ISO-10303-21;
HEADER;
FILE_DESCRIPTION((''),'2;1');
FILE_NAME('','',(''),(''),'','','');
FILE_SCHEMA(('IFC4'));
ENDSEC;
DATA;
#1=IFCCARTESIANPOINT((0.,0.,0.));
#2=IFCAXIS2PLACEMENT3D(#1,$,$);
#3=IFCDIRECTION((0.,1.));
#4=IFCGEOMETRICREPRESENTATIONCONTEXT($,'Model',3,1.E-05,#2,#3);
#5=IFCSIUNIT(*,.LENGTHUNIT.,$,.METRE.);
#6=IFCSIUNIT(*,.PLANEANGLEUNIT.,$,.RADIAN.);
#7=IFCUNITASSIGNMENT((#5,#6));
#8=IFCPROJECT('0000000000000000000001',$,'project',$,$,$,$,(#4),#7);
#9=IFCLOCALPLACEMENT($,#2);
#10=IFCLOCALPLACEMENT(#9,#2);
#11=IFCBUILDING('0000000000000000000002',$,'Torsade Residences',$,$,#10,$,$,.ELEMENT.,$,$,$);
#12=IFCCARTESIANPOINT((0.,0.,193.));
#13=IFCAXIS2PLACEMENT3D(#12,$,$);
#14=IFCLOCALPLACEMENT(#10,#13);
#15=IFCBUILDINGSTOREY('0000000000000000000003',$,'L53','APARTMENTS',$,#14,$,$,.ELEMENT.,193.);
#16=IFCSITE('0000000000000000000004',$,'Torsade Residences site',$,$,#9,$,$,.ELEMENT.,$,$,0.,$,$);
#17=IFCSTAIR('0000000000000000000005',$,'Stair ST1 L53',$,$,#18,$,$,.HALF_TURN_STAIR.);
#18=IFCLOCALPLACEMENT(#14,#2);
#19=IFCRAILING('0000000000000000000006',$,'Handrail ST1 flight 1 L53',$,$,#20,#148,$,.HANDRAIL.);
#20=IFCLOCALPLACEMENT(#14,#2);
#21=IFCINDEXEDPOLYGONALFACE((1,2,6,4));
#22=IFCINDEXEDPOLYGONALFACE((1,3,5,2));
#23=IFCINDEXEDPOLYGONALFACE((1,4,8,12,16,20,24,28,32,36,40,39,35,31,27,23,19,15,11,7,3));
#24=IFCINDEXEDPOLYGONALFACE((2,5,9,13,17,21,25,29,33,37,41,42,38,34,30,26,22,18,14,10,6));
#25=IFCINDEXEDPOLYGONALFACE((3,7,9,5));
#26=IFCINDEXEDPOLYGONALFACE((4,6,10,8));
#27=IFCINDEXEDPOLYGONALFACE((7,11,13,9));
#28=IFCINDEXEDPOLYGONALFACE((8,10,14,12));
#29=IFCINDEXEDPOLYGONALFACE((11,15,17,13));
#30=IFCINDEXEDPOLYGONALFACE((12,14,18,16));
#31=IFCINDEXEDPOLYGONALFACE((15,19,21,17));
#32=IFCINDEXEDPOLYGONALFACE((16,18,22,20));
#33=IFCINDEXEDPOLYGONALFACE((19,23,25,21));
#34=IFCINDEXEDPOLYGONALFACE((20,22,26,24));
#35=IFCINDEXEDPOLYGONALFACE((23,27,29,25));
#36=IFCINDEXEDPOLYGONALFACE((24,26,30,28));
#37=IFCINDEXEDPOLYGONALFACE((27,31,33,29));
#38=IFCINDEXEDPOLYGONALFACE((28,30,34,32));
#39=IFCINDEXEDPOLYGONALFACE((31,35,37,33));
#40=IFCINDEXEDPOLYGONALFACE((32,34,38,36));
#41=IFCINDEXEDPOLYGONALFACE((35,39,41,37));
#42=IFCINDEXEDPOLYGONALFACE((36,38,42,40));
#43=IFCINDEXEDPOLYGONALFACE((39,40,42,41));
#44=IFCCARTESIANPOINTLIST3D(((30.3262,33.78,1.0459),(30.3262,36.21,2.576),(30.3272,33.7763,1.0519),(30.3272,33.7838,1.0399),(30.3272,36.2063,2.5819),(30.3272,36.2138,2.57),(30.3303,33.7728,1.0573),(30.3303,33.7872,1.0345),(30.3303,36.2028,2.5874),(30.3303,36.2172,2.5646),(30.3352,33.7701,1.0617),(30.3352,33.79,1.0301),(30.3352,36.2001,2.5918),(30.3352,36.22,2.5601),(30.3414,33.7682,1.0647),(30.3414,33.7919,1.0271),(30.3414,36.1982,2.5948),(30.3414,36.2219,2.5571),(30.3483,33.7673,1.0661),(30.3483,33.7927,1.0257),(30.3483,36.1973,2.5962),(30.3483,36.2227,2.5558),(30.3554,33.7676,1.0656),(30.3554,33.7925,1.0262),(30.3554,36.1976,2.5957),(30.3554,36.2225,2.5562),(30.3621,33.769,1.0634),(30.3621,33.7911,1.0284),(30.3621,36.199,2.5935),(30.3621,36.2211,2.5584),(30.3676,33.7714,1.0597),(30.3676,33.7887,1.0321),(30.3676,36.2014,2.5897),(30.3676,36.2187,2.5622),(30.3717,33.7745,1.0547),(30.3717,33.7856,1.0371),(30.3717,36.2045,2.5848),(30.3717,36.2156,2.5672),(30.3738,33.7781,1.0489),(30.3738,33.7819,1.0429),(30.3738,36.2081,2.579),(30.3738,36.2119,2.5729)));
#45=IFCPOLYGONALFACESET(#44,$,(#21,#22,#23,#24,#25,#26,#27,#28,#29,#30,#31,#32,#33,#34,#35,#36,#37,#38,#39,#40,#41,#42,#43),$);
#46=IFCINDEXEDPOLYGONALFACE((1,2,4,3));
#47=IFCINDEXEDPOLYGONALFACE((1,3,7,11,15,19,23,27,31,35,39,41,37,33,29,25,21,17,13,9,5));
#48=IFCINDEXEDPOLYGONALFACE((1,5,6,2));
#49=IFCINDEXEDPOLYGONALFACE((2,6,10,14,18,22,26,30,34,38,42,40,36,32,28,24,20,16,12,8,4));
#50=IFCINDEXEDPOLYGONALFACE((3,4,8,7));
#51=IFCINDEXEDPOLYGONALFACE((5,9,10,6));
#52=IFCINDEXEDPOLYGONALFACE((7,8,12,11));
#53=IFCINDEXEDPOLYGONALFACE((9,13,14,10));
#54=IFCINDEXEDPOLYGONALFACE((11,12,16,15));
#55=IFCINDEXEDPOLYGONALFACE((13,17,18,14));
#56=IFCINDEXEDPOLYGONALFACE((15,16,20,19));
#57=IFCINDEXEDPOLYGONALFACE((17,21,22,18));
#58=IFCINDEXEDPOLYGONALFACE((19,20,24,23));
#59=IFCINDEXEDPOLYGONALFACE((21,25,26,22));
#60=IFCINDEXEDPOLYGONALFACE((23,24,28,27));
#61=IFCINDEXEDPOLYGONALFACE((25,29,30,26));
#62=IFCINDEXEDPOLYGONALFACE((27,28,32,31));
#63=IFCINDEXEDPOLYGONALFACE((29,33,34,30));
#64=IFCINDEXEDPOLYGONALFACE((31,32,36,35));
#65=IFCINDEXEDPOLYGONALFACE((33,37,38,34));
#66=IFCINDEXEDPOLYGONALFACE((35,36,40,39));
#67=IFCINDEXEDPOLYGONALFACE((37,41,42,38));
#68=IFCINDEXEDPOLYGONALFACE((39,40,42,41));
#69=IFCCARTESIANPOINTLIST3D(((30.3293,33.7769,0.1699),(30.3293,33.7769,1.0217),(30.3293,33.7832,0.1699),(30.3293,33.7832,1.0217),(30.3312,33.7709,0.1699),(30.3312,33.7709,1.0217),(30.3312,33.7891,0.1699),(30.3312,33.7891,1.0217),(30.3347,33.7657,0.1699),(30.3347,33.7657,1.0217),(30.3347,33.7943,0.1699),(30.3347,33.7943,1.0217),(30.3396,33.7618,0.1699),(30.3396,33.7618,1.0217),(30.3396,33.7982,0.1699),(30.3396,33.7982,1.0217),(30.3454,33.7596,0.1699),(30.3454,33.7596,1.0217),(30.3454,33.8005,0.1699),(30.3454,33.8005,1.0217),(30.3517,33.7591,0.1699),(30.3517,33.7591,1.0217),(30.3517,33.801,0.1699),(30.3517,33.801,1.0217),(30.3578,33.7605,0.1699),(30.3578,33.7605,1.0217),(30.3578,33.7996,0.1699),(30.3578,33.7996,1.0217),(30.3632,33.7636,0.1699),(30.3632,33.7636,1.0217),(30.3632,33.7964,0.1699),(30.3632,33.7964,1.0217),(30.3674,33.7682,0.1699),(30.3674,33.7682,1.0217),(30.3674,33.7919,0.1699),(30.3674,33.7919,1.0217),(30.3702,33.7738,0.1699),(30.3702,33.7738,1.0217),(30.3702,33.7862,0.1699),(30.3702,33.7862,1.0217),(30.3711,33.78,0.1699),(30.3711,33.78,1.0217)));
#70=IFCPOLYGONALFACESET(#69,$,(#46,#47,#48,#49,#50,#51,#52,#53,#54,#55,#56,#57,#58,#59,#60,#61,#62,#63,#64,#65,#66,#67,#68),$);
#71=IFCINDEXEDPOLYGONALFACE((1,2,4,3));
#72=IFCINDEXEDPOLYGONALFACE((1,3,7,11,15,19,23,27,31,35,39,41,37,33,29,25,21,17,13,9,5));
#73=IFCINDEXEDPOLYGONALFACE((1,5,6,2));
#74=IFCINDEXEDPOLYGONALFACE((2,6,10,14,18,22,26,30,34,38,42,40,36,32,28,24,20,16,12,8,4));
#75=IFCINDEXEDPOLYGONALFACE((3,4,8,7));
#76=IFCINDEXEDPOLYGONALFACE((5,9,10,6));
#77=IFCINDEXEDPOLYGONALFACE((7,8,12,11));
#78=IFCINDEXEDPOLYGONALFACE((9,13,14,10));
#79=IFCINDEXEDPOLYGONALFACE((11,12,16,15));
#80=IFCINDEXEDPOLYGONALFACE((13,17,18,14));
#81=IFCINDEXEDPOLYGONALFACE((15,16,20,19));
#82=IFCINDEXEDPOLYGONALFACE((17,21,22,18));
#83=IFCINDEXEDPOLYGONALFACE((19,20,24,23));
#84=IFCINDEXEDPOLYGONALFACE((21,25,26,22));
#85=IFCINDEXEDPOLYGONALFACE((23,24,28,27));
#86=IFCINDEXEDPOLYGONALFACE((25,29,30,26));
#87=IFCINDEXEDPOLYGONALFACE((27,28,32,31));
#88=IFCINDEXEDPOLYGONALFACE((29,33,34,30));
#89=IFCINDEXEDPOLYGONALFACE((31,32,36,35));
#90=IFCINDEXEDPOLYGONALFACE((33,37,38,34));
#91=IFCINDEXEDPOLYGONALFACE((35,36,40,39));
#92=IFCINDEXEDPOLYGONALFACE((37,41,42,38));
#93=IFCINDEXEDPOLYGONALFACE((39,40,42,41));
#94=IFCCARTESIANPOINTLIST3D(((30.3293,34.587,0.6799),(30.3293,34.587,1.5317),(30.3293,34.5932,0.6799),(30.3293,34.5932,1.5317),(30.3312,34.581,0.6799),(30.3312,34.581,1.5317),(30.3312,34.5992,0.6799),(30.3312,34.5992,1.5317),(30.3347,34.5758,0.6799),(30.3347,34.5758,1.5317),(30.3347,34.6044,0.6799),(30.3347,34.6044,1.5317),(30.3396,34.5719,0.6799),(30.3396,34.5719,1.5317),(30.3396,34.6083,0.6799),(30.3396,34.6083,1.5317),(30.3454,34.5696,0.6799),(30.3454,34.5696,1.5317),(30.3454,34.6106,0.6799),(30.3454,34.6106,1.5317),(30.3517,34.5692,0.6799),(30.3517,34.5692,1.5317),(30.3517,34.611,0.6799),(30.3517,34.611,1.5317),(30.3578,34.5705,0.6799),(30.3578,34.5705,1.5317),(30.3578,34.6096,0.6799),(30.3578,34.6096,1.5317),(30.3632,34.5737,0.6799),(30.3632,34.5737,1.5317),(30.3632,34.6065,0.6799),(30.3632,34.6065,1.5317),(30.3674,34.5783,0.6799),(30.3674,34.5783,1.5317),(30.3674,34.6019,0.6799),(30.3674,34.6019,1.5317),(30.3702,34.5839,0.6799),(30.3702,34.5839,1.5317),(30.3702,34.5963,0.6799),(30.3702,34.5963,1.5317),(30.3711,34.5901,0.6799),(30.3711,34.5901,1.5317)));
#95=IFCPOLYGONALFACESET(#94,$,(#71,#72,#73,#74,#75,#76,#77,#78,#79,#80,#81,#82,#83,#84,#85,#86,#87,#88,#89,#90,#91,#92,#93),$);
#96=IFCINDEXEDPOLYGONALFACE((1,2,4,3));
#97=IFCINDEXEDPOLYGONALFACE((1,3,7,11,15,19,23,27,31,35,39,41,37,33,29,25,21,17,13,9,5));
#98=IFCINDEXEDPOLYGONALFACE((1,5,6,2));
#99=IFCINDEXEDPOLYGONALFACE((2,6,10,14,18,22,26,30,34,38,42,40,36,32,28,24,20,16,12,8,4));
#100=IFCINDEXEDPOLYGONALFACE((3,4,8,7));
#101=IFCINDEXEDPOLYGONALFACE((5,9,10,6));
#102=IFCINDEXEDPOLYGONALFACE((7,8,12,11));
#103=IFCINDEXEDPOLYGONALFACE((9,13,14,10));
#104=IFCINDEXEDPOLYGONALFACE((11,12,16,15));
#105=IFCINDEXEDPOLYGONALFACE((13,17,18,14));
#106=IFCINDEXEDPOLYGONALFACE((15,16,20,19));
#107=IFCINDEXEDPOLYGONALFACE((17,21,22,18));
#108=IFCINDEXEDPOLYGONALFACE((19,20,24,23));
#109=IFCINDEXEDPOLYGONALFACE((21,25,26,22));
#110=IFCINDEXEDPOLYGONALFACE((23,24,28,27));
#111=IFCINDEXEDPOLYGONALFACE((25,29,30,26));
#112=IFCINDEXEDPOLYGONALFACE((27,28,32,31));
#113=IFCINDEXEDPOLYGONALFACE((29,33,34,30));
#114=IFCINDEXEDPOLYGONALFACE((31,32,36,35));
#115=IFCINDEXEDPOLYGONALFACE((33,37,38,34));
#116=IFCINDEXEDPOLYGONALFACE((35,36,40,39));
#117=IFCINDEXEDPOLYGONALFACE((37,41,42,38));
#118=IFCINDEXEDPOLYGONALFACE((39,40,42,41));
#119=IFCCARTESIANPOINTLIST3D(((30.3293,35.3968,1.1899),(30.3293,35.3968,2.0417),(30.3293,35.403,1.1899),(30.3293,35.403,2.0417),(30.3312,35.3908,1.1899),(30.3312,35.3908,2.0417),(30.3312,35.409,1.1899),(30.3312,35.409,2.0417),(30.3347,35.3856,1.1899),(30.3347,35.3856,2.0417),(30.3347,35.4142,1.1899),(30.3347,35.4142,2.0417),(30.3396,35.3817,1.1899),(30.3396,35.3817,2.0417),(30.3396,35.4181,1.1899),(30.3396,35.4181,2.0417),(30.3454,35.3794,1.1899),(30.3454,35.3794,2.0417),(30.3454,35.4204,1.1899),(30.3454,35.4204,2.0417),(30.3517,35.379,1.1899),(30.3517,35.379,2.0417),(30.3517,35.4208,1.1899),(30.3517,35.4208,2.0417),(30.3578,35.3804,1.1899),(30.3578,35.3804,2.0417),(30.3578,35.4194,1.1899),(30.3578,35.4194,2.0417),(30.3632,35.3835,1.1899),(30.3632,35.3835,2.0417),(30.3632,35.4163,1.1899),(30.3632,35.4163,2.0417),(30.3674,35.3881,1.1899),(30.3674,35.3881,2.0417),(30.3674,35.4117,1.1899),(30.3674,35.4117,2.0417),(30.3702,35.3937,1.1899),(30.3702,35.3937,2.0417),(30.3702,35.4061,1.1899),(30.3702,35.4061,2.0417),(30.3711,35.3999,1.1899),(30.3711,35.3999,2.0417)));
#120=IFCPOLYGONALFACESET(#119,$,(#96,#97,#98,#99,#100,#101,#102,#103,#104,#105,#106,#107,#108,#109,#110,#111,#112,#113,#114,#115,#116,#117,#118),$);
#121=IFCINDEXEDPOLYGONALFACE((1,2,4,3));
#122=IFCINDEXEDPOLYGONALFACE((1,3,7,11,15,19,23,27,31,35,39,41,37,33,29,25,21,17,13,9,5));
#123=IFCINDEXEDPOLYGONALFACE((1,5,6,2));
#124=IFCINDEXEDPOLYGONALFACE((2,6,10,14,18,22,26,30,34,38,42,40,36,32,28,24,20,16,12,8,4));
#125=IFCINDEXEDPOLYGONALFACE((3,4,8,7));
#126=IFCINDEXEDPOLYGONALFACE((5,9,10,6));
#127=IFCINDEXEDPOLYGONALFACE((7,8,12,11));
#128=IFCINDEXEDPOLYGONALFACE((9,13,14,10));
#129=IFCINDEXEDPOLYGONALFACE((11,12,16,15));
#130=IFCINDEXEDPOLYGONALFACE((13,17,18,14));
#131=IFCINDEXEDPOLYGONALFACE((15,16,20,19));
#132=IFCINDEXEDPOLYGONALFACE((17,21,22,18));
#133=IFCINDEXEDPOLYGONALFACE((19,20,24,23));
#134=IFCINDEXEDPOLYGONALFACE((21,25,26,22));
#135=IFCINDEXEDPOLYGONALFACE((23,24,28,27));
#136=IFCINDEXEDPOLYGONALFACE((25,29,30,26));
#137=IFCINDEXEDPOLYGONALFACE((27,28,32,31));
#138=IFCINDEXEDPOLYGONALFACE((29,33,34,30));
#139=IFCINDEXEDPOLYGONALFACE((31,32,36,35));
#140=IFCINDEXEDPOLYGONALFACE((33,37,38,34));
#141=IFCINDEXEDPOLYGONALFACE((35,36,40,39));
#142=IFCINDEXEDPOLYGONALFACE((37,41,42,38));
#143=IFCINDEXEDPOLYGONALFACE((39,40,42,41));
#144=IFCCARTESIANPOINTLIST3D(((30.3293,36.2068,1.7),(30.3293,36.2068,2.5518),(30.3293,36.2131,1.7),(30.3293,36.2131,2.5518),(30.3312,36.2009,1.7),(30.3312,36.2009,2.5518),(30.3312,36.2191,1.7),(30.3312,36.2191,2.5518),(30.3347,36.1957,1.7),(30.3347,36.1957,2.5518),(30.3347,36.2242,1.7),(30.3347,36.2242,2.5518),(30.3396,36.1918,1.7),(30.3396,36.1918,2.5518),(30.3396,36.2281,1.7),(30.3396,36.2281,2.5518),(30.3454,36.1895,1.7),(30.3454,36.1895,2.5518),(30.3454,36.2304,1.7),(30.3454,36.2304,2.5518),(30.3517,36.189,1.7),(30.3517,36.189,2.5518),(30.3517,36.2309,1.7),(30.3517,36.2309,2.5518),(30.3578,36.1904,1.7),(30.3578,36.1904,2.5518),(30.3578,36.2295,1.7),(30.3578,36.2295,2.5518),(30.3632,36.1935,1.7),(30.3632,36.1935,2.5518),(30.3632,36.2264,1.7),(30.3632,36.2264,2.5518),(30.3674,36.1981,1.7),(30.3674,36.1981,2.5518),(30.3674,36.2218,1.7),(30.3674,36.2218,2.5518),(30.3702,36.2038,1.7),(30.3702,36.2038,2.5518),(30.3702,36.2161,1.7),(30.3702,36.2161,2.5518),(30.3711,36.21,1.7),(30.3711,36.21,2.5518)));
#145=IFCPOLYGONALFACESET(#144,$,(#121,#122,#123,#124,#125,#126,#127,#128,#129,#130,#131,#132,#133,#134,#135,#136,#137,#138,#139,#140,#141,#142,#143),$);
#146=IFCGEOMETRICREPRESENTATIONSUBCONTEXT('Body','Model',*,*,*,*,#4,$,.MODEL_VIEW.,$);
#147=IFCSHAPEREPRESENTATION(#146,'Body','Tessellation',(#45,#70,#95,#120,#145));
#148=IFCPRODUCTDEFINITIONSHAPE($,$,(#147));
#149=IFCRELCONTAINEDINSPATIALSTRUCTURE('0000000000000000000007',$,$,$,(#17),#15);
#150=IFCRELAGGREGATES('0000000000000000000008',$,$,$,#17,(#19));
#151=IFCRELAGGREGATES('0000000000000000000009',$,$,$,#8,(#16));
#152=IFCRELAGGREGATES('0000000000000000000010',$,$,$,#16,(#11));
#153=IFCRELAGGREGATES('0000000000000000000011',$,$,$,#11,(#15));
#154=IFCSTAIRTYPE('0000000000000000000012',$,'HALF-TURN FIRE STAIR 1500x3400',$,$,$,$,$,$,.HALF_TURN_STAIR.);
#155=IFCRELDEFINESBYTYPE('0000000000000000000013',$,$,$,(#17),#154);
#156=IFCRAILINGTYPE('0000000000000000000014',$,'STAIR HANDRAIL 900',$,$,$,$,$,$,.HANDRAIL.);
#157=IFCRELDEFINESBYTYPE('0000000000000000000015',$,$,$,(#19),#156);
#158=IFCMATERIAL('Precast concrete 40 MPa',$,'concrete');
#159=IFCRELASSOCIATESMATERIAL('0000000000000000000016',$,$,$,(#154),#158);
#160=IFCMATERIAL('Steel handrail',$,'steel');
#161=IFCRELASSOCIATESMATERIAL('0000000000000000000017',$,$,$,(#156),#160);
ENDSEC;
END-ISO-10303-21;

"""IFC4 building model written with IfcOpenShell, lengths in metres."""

from ifc_helpers import new_model, si_unit, direction, frame, origin, origin_2d, place, context, subcontext, project, spatial, circle, extrude, material, type_object, element, aggregate, save


model = new_model("IFC4")

# Units and contexts
model_context = context("Model", 3, precision=1e-05, world=origin(), true_north=direction((0.0, 1.0)))
body_context = subcontext(model_context, "Body", "Model", "MODEL_VIEW")
ifc_project = project(units=[si_unit("LENGTHUNIT", "METRE"), si_unit("PLANEANGLEUNIT", "RADIAN")], contexts=[model_context])

# Site, building, storey
site_placement = place(None, origin())
site = spatial("IfcSite", under=ifc_project, at=site_placement, Name="Torsade Residences site", CompositionType="ELEMENT", RefElevation=0.0)
building_placement = place(site_placement, origin())
building = spatial("IfcBuilding", under=site, at=building_placement, Name="Torsade Residences", CompositionType="ELEMENT")
storey_placement = place(building_placement, frame((0.0, 0.0, 193.0)))
storey = spatial("IfcBuildingStorey", under=building, at=storey_placement, Name="L53", Description="APARTMENTS", CompositionType="ELEMENT", Elevation=193.0)

# Stair, railing
ifc_material_1 = material(Name="Precast concrete 40 MPa", Category="concrete")
stair_type = type_object("IfcStairType", Name="HALF-TURN FIRE STAIR 1500x3400", PredefinedType="HALF_TURN_STAIR", material=ifc_material_1)
stair_placement = place(storey_placement, origin())
stair = element("IfcStair", 1, at=stair_placement, inside=storey, type_object=stair_type, Name="Stair ST1 L53", PredefinedType="HALF_TURN_STAIR")
ifc_material_2 = material(Name="Steel handrail", Category="steel")
railing_type = type_object("IfcRailingType", Name="STAIR HANDRAIL 900", PredefinedType="HANDRAIL", material=ifc_material_2)
railing_1_placement = place(storey_placement, frame((30.3501, 33.78, 0.1699)))
railing_1 = element("IfcRailing", 2, at=railing_1_placement, type_object=railing_type, Name="Handrail ST1 flight 1 L53", PredefinedType="HANDRAIL", context=body_context, shape_type="SweptSolid", body=[
    extrude(circle(Radius=0.0239, at=origin_2d()), frame((0.0, 0.0, 0.876), z_axis=(0.0, 0.846221, 0.532831), x_axis=(-1.0, 0.0, 0.0)), (0.0, 0.0, 1.0), 2.8716),
    extrude(circle(Radius=0.021, at=origin_2d()), origin(), (0.0, 0.0, 1.0), 0.8518),
    extrude(circle(Radius=0.021, at=origin_2d()), frame((0.0, 0.8101, 0.51)), (0.0, 0.0, 1.0), 0.8518),
    extrude(circle(Radius=0.021, at=origin_2d()), frame((0.0, 1.6199, 1.02)), (0.0, 0.0, 1.0), 0.8518),
    extrude(circle(Radius=0.021, at=origin_2d()), frame((0.0, 2.4299, 1.53)), (0.0, 0.0, 1.0), 0.8518),
])
aggregate(stair, [railing_1])

save(model, "model.ifc")
